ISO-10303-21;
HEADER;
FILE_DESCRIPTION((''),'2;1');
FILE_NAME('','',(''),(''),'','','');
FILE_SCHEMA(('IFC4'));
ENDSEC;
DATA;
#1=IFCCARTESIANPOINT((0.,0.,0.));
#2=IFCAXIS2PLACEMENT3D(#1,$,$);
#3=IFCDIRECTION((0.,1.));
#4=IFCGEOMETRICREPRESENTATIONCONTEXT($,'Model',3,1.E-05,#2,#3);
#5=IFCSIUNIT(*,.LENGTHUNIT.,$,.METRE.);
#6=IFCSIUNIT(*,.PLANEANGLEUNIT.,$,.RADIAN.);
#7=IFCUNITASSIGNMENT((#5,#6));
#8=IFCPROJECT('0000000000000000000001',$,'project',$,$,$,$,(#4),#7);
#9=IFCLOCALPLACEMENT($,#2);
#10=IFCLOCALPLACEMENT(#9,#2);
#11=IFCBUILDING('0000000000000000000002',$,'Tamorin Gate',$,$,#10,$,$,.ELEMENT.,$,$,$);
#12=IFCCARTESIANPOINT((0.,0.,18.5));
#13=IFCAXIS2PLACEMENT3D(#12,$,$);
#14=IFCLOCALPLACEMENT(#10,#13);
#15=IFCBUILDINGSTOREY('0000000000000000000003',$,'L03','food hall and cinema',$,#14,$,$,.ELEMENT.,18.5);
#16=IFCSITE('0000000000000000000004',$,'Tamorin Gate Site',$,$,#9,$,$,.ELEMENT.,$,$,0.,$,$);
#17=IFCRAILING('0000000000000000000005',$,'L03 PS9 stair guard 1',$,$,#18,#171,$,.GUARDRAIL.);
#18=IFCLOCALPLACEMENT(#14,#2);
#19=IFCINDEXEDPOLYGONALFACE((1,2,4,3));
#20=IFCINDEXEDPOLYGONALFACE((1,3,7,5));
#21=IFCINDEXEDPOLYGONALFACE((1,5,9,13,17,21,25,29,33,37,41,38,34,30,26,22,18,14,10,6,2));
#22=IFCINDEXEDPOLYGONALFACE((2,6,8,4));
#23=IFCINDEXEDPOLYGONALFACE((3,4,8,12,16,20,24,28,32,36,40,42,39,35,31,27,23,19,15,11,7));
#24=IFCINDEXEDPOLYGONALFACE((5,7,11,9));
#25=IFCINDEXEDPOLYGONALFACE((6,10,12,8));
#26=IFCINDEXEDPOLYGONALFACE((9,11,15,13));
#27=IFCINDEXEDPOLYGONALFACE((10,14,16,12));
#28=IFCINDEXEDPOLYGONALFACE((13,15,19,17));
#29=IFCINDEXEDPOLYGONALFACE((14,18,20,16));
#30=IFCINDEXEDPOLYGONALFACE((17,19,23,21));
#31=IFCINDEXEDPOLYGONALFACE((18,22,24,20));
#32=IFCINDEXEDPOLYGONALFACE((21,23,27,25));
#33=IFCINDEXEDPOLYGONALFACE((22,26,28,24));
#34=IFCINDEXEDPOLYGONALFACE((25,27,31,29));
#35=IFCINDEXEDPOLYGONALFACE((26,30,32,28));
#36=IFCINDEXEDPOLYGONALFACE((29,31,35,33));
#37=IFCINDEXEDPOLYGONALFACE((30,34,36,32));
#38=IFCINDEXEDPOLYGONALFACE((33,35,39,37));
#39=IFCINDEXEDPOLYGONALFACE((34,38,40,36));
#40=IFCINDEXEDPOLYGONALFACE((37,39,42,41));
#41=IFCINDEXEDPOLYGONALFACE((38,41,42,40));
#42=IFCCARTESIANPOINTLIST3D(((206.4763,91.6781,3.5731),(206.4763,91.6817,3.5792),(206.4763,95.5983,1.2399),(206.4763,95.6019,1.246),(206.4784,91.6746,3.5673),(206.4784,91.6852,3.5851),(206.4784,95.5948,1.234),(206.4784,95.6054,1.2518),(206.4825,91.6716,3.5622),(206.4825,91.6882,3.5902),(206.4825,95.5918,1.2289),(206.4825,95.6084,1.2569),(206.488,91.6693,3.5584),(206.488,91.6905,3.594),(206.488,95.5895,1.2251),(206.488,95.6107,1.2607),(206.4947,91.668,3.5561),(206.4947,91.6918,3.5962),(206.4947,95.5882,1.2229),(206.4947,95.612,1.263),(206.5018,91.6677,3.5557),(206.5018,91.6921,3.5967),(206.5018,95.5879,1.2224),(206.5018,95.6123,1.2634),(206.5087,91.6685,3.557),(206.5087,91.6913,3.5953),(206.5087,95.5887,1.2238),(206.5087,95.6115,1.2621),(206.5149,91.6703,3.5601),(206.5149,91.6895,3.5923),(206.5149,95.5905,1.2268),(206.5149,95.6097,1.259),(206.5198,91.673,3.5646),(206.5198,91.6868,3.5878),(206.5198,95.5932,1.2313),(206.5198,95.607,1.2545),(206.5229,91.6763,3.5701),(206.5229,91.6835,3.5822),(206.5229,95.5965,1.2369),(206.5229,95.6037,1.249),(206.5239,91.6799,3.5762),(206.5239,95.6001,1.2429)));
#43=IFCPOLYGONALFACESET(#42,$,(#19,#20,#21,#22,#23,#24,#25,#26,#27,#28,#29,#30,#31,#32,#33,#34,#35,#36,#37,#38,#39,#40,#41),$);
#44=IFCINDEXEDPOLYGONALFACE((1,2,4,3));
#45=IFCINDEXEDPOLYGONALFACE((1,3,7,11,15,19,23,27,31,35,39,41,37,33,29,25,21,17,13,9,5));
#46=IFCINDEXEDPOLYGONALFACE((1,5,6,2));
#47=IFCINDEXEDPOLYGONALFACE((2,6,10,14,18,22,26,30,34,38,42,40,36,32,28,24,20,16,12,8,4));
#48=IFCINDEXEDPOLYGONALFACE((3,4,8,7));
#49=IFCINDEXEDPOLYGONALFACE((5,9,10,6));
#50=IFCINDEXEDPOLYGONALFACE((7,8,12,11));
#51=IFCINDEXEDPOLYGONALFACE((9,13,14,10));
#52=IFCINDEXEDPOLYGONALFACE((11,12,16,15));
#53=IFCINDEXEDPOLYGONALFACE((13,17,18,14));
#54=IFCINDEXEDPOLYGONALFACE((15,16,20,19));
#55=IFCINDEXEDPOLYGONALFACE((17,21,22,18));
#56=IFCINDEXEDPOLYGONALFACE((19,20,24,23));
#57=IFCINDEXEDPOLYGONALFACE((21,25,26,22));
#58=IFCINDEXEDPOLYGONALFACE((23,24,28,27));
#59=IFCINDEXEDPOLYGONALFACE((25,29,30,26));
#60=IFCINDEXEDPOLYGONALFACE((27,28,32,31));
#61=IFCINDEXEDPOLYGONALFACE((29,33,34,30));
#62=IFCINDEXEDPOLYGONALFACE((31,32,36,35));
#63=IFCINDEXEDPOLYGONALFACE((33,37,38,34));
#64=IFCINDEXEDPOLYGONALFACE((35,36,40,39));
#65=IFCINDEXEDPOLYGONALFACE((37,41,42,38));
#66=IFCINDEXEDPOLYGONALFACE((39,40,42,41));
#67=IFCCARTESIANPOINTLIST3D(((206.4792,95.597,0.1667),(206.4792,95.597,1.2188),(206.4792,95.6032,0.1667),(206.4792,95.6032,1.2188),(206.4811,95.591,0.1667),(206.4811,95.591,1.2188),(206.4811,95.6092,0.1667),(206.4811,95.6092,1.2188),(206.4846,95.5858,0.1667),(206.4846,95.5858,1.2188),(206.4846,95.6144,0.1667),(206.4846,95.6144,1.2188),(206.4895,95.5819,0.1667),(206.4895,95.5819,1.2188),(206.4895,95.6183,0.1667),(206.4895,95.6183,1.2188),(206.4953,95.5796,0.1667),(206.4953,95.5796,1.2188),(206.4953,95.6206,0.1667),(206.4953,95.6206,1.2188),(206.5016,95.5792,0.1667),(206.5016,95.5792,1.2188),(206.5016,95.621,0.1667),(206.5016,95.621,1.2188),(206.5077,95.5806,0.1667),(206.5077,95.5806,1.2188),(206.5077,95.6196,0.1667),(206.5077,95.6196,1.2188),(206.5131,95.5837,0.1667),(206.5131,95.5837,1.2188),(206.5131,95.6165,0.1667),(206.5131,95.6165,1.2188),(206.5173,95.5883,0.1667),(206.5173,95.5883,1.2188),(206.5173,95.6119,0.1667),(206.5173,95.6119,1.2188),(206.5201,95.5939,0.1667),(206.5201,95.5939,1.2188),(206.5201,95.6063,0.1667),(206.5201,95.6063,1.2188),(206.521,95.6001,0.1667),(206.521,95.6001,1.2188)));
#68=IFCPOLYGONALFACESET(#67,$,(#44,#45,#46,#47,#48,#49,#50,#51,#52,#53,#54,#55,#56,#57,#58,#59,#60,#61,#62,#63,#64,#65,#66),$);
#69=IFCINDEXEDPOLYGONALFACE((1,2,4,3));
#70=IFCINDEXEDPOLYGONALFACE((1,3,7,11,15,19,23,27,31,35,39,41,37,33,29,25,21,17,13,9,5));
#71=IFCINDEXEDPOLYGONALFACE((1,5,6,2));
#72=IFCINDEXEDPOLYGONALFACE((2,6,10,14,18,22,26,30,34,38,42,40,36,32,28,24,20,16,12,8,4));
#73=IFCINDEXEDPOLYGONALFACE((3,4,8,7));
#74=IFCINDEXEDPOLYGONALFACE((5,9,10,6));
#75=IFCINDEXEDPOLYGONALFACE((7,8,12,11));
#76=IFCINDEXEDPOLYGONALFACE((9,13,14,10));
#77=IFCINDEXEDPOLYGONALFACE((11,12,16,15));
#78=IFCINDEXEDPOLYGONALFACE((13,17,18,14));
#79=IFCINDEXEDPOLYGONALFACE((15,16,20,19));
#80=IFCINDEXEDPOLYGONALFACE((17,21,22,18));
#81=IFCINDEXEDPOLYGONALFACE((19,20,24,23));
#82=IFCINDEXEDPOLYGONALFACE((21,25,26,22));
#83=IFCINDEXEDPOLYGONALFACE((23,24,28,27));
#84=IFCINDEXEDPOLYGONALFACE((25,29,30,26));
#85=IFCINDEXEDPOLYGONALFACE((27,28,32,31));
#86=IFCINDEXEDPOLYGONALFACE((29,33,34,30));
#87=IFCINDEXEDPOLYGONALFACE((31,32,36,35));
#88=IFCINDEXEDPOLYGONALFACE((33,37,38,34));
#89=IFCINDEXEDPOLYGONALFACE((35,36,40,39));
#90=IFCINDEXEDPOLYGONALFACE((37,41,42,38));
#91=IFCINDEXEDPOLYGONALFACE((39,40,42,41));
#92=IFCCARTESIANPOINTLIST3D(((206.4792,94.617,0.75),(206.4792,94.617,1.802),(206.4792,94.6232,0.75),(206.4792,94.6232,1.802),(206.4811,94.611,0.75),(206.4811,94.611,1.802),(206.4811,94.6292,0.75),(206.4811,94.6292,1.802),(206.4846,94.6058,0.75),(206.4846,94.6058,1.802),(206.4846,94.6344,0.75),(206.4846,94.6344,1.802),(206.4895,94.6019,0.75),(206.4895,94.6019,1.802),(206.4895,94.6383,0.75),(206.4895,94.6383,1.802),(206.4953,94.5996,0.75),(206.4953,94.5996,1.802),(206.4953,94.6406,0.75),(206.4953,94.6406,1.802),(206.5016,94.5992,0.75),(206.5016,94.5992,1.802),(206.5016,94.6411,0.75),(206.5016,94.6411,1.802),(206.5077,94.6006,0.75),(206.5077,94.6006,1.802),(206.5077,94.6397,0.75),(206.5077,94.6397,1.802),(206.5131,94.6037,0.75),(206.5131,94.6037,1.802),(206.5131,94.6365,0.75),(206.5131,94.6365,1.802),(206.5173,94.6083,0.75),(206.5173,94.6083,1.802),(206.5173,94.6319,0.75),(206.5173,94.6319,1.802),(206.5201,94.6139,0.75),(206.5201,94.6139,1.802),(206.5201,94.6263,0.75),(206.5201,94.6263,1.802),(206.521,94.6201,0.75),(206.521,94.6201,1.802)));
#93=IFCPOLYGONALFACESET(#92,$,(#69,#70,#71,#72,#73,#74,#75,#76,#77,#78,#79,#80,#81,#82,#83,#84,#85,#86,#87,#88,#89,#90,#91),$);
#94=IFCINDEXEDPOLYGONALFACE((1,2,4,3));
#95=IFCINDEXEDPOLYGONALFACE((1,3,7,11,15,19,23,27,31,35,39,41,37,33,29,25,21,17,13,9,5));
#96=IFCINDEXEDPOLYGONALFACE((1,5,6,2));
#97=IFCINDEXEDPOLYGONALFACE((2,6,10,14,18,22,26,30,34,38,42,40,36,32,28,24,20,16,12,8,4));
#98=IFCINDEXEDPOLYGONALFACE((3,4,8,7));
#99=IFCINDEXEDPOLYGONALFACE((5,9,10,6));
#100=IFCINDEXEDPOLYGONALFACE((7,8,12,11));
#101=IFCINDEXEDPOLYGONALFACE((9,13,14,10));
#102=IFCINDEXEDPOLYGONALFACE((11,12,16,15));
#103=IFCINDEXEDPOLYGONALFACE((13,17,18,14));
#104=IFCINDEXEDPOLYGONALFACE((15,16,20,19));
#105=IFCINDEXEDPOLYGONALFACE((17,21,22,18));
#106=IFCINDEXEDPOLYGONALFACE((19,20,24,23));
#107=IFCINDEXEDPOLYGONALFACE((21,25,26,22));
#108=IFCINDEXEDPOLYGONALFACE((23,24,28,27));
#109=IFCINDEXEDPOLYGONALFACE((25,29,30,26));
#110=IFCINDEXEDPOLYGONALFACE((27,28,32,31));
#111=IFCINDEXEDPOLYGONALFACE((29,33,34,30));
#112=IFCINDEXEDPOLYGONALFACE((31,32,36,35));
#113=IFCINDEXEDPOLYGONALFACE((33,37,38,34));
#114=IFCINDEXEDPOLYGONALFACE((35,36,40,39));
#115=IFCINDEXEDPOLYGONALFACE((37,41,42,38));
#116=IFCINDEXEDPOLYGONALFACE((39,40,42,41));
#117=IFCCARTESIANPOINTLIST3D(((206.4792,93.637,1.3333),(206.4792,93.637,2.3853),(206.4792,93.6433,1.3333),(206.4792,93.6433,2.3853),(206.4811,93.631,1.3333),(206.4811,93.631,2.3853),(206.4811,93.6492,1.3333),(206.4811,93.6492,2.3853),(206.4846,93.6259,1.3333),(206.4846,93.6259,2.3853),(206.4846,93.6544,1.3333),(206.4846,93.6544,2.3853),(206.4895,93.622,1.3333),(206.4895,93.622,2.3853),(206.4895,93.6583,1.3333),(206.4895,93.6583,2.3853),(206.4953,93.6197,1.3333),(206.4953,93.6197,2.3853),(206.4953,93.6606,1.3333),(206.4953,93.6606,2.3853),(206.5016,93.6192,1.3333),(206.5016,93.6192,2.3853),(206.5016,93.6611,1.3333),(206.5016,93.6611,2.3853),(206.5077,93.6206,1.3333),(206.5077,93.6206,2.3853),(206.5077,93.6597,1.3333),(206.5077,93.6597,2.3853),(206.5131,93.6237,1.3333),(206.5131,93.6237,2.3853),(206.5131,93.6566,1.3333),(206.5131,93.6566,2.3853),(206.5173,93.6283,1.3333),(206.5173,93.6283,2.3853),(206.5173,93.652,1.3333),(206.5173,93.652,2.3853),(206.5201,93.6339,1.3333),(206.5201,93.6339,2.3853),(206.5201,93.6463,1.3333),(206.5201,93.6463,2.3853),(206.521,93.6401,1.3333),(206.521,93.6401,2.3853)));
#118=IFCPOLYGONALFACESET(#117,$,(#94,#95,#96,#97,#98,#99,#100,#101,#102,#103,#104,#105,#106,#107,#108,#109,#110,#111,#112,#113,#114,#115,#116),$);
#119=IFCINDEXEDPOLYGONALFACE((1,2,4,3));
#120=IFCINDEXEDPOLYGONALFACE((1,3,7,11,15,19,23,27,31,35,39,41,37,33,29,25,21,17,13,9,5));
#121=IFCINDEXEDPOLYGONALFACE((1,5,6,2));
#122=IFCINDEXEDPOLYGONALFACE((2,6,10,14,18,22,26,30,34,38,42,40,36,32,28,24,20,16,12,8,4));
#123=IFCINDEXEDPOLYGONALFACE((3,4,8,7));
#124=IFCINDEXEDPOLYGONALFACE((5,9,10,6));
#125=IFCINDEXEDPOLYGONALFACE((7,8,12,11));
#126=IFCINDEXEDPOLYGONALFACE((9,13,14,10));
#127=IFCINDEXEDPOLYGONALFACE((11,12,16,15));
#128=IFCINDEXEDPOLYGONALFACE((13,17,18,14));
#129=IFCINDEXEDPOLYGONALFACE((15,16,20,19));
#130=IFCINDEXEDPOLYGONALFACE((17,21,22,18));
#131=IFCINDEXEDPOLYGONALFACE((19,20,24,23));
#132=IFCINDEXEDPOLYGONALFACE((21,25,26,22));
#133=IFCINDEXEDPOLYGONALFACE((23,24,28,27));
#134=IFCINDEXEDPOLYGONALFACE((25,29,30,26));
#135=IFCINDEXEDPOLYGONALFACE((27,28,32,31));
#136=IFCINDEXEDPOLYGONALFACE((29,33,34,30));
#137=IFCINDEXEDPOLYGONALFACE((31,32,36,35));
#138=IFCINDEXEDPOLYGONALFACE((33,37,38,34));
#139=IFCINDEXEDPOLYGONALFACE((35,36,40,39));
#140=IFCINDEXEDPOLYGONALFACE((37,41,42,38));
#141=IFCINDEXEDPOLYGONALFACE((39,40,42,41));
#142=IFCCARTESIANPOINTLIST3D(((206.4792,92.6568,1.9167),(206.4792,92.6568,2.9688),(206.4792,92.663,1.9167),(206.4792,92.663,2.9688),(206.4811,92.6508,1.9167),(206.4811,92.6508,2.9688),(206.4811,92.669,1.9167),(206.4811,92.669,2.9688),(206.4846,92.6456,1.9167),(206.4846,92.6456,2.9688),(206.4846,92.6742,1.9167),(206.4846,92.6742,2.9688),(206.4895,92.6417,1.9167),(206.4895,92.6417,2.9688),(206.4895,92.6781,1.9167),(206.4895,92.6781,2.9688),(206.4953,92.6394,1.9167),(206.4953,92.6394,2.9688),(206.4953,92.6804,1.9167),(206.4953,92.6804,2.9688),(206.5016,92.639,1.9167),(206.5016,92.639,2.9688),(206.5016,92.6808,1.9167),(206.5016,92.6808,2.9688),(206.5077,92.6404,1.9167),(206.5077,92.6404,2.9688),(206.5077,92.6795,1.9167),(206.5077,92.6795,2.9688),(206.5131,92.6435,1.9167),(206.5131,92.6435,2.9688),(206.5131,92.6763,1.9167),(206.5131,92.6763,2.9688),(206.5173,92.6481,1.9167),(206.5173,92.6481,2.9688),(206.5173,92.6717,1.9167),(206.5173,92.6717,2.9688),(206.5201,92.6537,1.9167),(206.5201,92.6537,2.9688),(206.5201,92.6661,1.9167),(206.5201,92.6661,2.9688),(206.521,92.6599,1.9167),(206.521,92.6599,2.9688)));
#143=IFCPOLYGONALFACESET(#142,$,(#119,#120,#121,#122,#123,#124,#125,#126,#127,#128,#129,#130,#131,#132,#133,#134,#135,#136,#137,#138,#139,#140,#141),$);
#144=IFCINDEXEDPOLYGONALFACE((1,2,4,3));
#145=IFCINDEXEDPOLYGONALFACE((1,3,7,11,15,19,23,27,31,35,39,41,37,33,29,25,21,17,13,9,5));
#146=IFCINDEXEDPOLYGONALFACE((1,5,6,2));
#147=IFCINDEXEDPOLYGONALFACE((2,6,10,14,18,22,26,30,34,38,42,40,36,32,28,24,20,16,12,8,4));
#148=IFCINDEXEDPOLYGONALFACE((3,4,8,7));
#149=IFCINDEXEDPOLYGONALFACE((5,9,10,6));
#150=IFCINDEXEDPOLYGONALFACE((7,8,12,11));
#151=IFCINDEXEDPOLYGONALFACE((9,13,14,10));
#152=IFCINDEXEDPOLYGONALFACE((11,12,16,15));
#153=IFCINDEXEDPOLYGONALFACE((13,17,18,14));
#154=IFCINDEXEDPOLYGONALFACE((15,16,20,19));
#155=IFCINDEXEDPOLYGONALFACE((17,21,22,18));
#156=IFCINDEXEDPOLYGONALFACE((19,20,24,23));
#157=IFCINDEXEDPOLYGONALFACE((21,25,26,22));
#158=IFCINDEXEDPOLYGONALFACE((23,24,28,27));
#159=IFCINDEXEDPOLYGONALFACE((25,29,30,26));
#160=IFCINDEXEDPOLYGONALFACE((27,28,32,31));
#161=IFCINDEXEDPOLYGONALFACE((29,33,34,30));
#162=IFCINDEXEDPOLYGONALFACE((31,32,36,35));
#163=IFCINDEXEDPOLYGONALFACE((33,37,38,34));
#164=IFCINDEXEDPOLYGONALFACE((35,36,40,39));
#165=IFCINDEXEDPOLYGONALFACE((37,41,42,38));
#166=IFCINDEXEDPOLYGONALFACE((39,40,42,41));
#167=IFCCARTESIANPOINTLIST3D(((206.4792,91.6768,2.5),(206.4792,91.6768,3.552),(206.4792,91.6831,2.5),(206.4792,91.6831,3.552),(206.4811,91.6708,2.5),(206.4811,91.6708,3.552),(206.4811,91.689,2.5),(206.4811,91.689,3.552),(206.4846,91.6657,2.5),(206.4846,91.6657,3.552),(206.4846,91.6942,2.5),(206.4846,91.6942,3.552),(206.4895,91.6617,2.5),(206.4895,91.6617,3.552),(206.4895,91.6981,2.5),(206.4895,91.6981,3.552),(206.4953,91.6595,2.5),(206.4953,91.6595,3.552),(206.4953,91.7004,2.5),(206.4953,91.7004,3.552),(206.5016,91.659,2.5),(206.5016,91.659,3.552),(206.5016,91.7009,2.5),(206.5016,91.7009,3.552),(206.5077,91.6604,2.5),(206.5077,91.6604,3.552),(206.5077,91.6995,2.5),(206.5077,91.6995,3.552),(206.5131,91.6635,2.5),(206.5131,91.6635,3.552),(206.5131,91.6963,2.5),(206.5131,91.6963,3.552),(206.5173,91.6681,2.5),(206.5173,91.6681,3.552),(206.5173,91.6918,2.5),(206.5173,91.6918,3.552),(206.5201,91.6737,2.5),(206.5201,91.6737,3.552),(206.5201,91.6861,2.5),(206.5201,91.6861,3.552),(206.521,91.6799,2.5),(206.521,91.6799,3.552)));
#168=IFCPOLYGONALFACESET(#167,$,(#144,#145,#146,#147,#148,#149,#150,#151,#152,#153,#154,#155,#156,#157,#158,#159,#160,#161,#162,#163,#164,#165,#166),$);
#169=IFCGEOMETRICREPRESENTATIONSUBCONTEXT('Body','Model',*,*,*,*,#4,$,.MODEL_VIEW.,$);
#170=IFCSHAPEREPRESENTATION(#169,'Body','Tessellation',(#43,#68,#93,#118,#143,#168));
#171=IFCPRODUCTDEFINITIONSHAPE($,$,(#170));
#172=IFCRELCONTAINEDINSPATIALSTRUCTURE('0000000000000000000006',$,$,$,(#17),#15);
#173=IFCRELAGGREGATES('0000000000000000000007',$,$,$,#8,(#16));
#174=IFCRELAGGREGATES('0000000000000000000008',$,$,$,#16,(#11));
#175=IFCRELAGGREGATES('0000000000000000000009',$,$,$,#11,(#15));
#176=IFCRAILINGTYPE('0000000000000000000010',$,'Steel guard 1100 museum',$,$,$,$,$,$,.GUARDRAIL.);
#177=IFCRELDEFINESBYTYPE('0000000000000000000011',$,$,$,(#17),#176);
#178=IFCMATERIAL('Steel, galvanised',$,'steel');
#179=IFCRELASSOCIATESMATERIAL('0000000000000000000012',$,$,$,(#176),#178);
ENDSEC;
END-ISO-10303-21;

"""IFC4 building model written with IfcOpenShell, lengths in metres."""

from ifc_helpers import new_model, si_unit, direction, frame, origin, origin_2d, place, context, subcontext, project, spatial, circle, extrude, material, type_object, element, save


model = new_model("IFC4")

# Units and contexts
model_context = context("Model", 3, precision=1e-05, world=origin(), true_north=direction((0.0, 1.0)))
body_context = subcontext(model_context, "Body", "Model", "MODEL_VIEW")
ifc_project = project(units=[si_unit("LENGTHUNIT", "METRE"), si_unit("PLANEANGLEUNIT", "RADIAN")], contexts=[model_context])

# Site, building, storey
site_placement = place(None, origin())
site = spatial("IfcSite", under=ifc_project, at=site_placement, Name="Tamorin Gate Site", CompositionType="ELEMENT", RefElevation=0.0)
building_placement = place(site_placement, origin())
building = spatial("IfcBuilding", under=site, at=building_placement, Name="Tamorin Gate", CompositionType="ELEMENT")
storey_placement = place(building_placement, frame((0.0, 0.0, 18.5)))
storey = spatial("IfcBuildingStorey", under=building, at=storey_placement, Name="L03", Description="food hall and cinema", CompositionType="ELEMENT", Elevation=18.5)

# Railing
ifc_material_1 = material(Name="Steel, galvanised", Category="steel")
railing_type_1 = type_object("IfcRailingType", Name="Steel guard 1100 museum", PredefinedType="GUARDRAIL", material=ifc_material_1)
railing_1_placement = place(storey_placement, frame((206.5, 95.6001, 0.1667)))
element("IfcRailing", 1, at=railing_1_placement, inside=storey, type_object=railing_type_1, Name="L03 PS9 stair guard 1", PredefinedType="GUARDRAIL", context=body_context, shape_type="SweptSolid", body=[
    extrude(circle(Radius=0.0239, at=origin_2d()), frame((0.0, 0.0, 1.0762), z_axis=(0.0, -0.85931, 0.511455), x_axis=(1.0, 0.0, 0.0)), (0.0, 0.0, 1.0), 4.562),
    extrude(circle(Radius=0.021, at=origin_2d()), origin(), (0.0, 0.0, 1.0), 1.052),
    extrude(circle(Radius=0.021, at=origin_2d()), frame((0.0, -0.98, 0.5833)), (0.0, 0.0, 1.0), 1.052),
    extrude(circle(Radius=0.021, at=origin_2d()), frame((0.0, -1.96, 1.1665)), (0.0, 0.0, 1.0), 1.052),
    extrude(circle(Radius=0.021, at=origin_2d()), frame((0.0, -2.9402, 1.75)), (0.0, 0.0, 1.0), 1.052),
    extrude(circle(Radius=0.021, at=origin_2d()), frame((0.0, -3.9202, 2.3333)), (0.0, 0.0, 1.0), 1.052),
])

save(model, "model.ifc")
